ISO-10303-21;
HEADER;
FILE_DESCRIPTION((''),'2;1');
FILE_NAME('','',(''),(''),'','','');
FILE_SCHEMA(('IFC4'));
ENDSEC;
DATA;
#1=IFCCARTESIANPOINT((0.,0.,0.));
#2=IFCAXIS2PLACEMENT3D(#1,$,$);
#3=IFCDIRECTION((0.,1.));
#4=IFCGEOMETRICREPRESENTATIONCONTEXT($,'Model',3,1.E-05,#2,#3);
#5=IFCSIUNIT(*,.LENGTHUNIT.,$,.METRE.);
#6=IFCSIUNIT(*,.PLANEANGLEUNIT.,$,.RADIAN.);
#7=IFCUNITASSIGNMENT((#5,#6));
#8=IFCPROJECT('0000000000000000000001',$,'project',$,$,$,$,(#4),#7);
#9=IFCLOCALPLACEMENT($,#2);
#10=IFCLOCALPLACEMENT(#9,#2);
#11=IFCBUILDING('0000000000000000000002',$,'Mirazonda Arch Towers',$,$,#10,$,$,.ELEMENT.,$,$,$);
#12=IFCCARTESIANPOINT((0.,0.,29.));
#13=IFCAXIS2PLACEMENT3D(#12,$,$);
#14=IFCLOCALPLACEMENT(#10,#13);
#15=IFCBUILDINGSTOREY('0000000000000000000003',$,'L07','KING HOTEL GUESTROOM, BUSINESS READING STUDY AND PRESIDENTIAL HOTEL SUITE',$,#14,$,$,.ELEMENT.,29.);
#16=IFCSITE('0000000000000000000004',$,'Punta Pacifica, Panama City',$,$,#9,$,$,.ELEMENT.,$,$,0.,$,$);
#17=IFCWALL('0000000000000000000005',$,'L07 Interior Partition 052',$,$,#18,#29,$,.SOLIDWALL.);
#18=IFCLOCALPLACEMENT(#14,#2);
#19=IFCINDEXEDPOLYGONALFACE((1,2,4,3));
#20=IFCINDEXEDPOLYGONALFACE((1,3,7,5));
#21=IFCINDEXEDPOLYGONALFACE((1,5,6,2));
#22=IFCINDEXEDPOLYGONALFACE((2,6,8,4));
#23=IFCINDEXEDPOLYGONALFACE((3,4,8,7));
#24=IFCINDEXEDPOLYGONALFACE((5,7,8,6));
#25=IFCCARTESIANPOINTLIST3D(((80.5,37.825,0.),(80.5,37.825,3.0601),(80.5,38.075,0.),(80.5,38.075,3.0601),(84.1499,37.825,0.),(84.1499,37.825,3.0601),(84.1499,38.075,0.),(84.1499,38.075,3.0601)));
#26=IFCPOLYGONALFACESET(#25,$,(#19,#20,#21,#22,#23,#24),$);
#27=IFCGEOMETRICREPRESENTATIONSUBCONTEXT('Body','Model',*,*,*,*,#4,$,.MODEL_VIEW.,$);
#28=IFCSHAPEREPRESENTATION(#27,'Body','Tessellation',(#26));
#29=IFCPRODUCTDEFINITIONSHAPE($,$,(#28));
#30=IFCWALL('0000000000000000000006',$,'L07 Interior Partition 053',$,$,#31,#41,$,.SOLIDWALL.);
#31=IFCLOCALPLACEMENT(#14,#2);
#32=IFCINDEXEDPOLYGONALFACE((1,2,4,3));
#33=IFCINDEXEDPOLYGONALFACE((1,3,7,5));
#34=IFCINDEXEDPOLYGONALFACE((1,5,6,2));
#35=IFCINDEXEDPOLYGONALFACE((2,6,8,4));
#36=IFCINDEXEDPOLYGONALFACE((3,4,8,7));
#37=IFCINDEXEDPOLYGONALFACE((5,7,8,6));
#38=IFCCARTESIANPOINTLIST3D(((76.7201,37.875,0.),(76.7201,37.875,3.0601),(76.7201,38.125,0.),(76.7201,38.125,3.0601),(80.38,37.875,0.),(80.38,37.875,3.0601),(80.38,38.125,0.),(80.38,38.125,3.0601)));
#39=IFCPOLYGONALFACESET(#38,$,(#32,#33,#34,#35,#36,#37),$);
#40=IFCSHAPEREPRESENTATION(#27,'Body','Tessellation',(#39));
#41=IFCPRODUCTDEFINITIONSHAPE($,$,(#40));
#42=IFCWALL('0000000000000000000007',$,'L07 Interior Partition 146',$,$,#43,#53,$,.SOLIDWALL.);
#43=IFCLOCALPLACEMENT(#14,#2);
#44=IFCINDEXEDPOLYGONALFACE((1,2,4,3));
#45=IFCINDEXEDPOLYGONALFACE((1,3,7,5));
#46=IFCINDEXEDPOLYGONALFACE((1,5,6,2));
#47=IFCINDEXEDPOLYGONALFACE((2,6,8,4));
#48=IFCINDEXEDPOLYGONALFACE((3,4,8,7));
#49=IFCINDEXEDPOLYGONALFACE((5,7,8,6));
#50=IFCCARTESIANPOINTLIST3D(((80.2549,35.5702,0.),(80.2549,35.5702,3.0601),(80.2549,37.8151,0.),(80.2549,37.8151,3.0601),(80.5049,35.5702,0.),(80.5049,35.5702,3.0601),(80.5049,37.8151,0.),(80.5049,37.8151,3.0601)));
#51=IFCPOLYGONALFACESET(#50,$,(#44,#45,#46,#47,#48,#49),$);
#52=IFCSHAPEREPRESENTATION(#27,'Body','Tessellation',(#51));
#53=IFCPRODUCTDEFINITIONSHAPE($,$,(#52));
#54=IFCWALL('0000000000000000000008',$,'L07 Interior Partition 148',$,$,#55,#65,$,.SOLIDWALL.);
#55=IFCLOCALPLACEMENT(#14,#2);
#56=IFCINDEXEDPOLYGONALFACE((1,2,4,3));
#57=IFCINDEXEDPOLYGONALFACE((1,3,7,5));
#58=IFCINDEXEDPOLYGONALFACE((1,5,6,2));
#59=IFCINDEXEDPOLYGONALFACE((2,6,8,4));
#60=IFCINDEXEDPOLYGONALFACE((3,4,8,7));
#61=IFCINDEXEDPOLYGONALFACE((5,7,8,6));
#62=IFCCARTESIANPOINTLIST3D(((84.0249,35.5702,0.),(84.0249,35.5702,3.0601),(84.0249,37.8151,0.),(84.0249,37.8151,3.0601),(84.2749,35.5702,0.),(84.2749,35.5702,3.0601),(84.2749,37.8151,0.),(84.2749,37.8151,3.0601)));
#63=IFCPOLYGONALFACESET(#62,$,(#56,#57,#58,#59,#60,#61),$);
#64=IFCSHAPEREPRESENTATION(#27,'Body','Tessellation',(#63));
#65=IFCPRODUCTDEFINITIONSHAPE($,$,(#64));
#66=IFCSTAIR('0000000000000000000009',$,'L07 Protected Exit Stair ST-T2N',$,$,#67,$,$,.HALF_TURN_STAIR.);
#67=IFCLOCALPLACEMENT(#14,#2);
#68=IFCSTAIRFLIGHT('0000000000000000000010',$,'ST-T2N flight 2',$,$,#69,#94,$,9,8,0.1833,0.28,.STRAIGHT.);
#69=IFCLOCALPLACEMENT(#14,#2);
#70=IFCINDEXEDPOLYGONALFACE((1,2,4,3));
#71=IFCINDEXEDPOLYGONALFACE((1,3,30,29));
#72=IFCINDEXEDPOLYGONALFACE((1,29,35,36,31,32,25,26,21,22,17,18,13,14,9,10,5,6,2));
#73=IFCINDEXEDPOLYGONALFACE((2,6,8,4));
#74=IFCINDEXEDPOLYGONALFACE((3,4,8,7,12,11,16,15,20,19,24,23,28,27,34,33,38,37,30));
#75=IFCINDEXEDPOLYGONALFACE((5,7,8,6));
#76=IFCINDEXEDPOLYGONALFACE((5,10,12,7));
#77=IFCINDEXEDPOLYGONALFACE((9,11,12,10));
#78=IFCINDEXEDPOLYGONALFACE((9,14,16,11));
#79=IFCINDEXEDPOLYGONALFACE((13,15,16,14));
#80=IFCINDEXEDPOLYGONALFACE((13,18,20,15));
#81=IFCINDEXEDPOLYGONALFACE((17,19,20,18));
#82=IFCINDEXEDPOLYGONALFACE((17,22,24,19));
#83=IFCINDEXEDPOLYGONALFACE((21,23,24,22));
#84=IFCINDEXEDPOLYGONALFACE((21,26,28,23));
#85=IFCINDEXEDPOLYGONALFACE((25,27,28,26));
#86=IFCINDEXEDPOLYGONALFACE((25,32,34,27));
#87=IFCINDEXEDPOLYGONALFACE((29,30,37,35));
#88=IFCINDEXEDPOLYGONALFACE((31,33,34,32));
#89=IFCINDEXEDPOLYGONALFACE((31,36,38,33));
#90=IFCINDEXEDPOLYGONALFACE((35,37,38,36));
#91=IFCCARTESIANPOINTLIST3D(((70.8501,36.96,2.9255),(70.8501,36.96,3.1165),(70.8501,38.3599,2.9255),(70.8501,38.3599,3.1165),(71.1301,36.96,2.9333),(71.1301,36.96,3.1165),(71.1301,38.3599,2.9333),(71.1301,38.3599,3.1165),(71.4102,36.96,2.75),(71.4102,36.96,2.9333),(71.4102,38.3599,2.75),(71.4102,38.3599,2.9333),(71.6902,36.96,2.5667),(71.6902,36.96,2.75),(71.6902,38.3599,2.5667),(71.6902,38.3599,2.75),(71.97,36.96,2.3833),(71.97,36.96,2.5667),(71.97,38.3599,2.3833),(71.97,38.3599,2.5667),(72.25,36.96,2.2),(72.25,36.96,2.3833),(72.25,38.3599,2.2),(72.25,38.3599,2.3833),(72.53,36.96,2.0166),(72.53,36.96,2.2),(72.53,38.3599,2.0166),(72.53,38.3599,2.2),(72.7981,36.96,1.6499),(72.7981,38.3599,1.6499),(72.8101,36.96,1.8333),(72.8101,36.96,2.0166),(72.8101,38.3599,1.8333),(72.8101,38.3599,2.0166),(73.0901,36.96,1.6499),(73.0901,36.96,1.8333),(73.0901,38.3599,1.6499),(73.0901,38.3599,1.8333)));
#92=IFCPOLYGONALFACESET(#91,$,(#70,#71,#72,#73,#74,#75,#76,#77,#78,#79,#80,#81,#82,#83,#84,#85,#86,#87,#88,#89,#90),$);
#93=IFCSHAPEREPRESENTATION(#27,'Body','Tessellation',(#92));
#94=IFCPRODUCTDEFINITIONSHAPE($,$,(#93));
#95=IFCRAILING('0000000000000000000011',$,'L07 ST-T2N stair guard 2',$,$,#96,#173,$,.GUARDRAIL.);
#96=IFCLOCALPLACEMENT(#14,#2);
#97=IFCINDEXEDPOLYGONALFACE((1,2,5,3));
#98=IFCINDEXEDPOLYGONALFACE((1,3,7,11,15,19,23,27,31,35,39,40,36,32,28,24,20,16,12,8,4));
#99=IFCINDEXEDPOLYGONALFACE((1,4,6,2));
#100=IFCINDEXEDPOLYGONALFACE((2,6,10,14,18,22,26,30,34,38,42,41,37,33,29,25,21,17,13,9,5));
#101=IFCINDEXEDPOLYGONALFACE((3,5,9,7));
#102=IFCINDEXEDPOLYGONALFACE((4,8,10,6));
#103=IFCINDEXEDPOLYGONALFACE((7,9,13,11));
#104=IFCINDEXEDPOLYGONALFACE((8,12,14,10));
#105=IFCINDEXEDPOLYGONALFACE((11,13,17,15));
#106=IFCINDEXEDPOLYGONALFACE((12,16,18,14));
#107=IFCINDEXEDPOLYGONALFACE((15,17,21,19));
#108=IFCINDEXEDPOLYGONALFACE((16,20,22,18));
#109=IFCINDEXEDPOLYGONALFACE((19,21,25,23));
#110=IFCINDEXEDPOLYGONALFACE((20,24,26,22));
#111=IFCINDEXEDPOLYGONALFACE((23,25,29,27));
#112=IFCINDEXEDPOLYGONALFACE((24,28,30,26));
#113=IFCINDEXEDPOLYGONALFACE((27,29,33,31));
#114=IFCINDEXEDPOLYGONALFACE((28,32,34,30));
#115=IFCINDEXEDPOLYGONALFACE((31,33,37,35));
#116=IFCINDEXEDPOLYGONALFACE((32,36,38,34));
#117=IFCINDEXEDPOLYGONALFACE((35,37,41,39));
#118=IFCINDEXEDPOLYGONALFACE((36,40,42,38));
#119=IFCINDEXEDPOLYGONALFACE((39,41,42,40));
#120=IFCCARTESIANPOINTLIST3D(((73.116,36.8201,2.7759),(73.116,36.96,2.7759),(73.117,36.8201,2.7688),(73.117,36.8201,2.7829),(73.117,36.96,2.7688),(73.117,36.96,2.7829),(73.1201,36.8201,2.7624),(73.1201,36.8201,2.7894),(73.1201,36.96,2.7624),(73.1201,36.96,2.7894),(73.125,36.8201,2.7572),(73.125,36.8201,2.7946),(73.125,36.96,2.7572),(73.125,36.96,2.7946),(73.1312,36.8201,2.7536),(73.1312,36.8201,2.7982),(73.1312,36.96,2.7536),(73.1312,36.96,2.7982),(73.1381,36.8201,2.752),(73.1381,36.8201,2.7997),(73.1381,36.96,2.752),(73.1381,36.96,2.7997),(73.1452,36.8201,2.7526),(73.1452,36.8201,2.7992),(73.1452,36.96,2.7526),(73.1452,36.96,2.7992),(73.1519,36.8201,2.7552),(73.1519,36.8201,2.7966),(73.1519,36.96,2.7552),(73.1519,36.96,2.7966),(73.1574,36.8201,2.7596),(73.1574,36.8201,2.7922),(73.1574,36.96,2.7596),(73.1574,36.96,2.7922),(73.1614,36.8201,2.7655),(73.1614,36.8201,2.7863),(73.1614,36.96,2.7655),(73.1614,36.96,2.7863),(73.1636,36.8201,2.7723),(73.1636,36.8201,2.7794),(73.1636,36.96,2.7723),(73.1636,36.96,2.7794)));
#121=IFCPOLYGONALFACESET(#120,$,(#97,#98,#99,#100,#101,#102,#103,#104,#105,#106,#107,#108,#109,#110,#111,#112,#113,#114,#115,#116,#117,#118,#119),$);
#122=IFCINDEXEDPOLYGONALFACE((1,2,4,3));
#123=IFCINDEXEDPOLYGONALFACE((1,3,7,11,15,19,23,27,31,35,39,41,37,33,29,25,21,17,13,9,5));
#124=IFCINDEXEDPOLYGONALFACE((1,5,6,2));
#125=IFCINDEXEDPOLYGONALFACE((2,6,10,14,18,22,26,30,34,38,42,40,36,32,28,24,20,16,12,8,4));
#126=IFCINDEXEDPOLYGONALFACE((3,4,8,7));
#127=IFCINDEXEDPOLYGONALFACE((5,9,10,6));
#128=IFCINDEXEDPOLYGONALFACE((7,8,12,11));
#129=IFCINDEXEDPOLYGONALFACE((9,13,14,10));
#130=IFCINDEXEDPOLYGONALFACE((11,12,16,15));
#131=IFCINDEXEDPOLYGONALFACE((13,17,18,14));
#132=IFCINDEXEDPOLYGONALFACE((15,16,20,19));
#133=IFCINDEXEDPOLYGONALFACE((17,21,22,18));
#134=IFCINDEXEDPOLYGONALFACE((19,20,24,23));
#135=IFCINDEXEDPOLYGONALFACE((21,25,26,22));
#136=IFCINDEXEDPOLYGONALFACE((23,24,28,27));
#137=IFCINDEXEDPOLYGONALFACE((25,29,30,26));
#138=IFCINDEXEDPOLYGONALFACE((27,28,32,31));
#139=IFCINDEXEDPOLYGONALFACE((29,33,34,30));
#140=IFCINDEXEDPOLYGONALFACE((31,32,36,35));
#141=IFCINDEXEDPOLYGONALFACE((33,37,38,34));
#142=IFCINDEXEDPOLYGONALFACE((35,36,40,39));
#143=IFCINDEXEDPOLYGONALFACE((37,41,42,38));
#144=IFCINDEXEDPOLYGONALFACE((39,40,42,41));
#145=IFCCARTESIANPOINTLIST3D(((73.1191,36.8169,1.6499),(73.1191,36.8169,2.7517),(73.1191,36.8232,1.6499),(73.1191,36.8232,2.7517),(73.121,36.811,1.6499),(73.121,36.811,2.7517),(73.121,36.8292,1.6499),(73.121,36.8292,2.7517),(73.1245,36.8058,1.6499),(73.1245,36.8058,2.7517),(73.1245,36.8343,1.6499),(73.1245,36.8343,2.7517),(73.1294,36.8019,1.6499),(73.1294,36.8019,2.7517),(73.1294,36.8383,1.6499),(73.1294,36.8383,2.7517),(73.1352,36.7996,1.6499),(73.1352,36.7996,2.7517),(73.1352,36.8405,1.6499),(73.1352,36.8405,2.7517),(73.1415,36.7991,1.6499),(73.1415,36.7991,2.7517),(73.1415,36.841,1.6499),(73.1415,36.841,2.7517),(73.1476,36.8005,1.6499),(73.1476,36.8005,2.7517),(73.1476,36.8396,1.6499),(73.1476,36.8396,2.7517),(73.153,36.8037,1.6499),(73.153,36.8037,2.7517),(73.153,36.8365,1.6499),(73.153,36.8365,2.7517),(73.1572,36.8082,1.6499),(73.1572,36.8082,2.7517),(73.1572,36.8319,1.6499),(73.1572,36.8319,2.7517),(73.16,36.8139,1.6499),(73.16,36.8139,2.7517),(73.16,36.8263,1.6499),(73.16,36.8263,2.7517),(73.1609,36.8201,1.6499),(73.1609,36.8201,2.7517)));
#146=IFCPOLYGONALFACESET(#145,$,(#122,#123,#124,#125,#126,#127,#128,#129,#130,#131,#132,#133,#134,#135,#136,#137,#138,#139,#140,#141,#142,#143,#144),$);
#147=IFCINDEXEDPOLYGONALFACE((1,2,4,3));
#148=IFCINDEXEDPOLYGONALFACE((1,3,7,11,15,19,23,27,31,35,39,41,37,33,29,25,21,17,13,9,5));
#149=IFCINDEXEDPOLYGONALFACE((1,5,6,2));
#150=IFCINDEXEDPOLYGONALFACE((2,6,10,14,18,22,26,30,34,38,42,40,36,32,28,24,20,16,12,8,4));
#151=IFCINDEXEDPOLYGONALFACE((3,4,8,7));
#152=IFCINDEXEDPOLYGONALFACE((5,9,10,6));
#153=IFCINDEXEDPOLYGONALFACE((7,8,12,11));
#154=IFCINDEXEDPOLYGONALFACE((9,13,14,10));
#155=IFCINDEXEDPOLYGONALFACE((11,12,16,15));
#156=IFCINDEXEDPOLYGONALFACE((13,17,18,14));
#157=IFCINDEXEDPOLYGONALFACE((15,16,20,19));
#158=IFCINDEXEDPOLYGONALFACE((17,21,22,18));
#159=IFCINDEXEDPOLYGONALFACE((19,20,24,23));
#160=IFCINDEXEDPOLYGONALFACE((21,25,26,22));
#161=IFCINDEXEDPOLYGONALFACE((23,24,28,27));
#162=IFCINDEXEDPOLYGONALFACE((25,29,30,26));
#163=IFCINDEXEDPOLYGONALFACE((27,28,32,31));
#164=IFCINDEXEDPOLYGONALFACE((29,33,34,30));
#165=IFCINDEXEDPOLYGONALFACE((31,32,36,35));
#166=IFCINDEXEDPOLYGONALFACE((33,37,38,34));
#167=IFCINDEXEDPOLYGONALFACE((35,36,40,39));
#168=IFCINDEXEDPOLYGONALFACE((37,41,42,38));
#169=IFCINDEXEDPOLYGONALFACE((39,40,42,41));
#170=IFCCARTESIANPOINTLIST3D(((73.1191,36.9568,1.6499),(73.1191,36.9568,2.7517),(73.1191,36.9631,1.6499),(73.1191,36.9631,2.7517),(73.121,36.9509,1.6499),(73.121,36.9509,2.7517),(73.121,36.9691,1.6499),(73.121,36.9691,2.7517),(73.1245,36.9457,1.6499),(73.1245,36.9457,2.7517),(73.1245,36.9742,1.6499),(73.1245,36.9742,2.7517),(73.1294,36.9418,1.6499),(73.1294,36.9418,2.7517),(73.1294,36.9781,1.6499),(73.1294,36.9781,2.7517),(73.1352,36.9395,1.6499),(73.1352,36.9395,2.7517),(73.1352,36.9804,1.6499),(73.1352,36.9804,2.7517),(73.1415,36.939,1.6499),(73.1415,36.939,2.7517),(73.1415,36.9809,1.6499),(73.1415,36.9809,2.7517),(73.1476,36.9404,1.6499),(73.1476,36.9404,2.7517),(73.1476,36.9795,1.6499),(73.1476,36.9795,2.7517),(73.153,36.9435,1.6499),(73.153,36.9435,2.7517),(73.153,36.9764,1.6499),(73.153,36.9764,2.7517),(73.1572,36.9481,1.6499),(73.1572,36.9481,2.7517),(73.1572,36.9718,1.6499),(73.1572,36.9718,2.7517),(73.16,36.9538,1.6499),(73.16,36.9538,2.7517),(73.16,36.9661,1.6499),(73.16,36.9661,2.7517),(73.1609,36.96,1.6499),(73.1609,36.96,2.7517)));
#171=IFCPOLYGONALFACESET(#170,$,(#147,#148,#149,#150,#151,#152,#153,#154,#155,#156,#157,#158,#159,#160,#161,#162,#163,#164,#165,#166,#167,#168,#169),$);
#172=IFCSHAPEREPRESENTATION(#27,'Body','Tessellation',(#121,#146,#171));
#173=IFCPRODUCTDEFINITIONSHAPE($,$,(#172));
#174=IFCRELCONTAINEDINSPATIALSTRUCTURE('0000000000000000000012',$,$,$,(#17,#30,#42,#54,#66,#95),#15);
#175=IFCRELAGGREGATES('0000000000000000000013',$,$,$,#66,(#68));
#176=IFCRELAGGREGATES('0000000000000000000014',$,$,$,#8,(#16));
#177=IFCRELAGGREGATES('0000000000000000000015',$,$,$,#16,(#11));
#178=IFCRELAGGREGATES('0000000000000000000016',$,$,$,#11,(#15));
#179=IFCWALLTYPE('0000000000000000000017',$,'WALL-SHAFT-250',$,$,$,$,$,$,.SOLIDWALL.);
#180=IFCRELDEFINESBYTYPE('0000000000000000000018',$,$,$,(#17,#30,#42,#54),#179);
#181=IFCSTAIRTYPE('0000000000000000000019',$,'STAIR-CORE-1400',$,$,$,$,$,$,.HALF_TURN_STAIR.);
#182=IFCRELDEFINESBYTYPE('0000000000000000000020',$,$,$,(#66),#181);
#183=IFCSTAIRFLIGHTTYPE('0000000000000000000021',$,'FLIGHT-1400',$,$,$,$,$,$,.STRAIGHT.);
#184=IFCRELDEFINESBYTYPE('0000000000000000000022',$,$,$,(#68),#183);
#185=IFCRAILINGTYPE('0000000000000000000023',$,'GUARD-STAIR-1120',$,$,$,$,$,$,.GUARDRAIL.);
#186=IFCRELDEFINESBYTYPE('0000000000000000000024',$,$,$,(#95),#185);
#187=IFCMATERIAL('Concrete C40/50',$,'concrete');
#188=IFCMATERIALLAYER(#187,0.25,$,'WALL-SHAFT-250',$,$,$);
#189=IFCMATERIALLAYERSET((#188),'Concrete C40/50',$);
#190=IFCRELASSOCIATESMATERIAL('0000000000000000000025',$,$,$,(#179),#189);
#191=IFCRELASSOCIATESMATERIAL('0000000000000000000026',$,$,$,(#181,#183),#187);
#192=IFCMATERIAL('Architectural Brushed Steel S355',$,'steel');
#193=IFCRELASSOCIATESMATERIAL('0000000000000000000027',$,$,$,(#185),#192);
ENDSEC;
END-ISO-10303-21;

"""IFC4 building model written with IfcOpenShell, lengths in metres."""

from ifc_helpers import new_model, si_unit, direction, frame, frame_2d, origin, origin_2d, place, context, subcontext, project, spatial, polyline, rectangle, circle, outline, extrude, material, layer, layer_set, type_object, element, aggregate, save


model = new_model("IFC4")

# Units and contexts
model_context = context("Model", 3, precision=1e-05, world=origin(), true_north=direction((0.0, 1.0)))
body_context = subcontext(model_context, "Body", "Model", "MODEL_VIEW")
ifc_project = project(units=[si_unit("LENGTHUNIT", "METRE"), si_unit("PLANEANGLEUNIT", "RADIAN")], contexts=[model_context])

# Site, building, storey
site_placement = place(None, origin())
site = spatial("IfcSite", under=ifc_project, at=site_placement, Name="Punta Pacifica, Panama City", CompositionType="ELEMENT", RefElevation=0.0)
building_placement = place(site_placement, origin())
building = spatial("IfcBuilding", under=site, at=building_placement, Name="Mirazonda Arch Towers", CompositionType="ELEMENT")
storey_placement = place(building_placement, frame((0.0, 0.0, 29.0)))
storey = spatial("IfcBuildingStorey", under=building, at=storey_placement, Name="L07", Description="KING HOTEL GUESTROOM, BUSINESS READING STUDY AND PRESIDENTIAL HOTEL SUITE", CompositionType="ELEMENT", Elevation=29.0)

# Shared definitions
ifc_material_1 = material(Name="Concrete C40/50", Category="concrete")
ifc_material_2 = material(Name="Architectural Brushed Steel S355", Category="steel")

# Walls
ifc_layer_1 = layer(ifc_material_1, 0.25, Name="WALL-SHAFT-250")
ifc_layer_set_1 = layer_set([ifc_layer_1], Name="Concrete C40/50")
wall_type_1 = type_object("IfcWallType", Name="WALL-SHAFT-250", PredefinedType="SOLIDWALL", material=ifc_layer_set_1)
wall_1_placement = place(storey_placement, frame((80.5, 37.95, 0.0), z_axis=(0.0, 0.0, 1.0), x_axis=(1.0, 0.0, 0.0)))
element("IfcWall", 1, at=wall_1_placement, inside=storey, type_object=wall_type_1, Name="L07 Interior Partition 052", PredefinedType="SOLIDWALL", context=body_context, shape_type="SweptSolid", body=[
    extrude(rectangle(XDim=3.6499, YDim=0.25, at=frame_2d((1.825, 0.0))), origin(), (0.0, 0.0, 1.0), 3.0601),
])
wall_2_placement = place(storey_placement, frame((76.72, 38.0, 0.0), z_axis=(0.0, 0.0, 1.0), x_axis=(1.0, 0.0, 0.0)))
element("IfcWall", 2, at=wall_2_placement, inside=storey, type_object=wall_type_1, Name="L07 Interior Partition 053", PredefinedType="SOLIDWALL", context=body_context, shape_type="SweptSolid", body=[
    extrude(rectangle(XDim=3.6599, YDim=0.25, at=frame_2d((1.8301, 0.0))), origin(), (0.0, 0.0, 1.0), 3.0601),
])
for number, where, z_axis, x_axis, name in (
    (3, (80.3799, 35.5701, 0.0), (0.0, 0.0, 1.0), (0.0, 1.0, 0.0), "L07 Interior Partition 146"),
    (4, (84.1499, 35.5701, 0.0), (0.0, 0.0, 1.0), (0.0, 1.0, 0.0), "L07 Interior Partition 148"),
):
    element("IfcWall", number, at=place(storey_placement, frame(where, z_axis=z_axis, x_axis=x_axis)), inside=storey, type_object=wall_type_1, Name=name, PredefinedType="SOLIDWALL", context=body_context, shape_type="SweptSolid", body=[
        extrude(rectangle(XDim=2.2449, YDim=0.25, at=frame_2d((1.1226, 0.0))), origin(), (0.0, 0.0, 1.0), 3.0601),
    ])

# Stair, stair flight
stair_type = type_object("IfcStairType", Name="STAIR-CORE-1400", PredefinedType="HALF_TURN_STAIR", material=ifc_material_1)
stair_placement = place(storey_placement, origin())
stair = element("IfcStair", 5, at=stair_placement, inside=storey, type_object=stair_type, Name="L07 Protected Exit Stair ST-T2N", PredefinedType="HALF_TURN_STAIR")
stair_flight_type = type_object("IfcStairFlightType", Name="FLIGHT-1400", PredefinedType="STRAIGHT", material=ifc_material_1)
stair_flight_placement = place(storey_placement, frame((73.0901, 37.6599, 1.6499), z_axis=(0.0, 0.0, 1.0), x_axis=(-1.0, 0.0, 0.0)))
stair_flight = element("IfcStairFlight", 6, at=stair_flight_placement, type_object=stair_flight_type, Name="ST-T2N flight 2", NumberOfRisers=9, NumberOfTreads=8, PredefinedType="STRAIGHT", RiserHeight=0.1833, TreadLength=0.28, context=body_context, shape_type="SweptSolid", body=[
    extrude(outline(polyline([(0.0, 0.0), (0.0, 0.1833), (0.28, 0.1833), (0.28, 0.3667), (0.5601, 0.3667), (0.5601, 0.55), (0.8401, 0.55), (0.8401, 0.7334), (1.1201, 0.7334), (1.1201, 0.9167), (1.3999, 0.9167), (1.3999, 1.1001), (1.6799, 1.1001), (1.6799, 1.2834), (1.96, 1.2834), (1.96, 1.4666), (2.24, 1.4666), (2.24, 1.6499), (2.24, 1.2756), (0.292, 0.0), (0.0, 0.0)])), frame((0.0, 0.7, 0.0), z_axis=(0.0, -1.0, 0.0), x_axis=(1.0, 0.0, 0.0)), (0.0, 0.0, 1.0), 1.3999),
])
aggregate(stair, [stair_flight])

# Railing
railing_type_1 = type_object("IfcRailingType", Name="GUARD-STAIR-1120", PredefinedType="GUARDRAIL", material=ifc_material_2)
railing_1_placement = place(storey_placement, frame((73.1399, 36.8201, 1.6499)))
element("IfcRailing", 7, at=railing_1_placement, inside=storey, type_object=railing_type_1, Name="L07 ST-T2N stair guard 2", PredefinedType="GUARDRAIL", context=body_context, shape_type="SweptSolid", body=[
    extrude(circle(Radius=0.0239, at=origin_2d()), frame((0.0, 0.0, 1.126), z_axis=(0.0, 1.0, 0.0), x_axis=(-1.0, 0.0, 0.0)), (0.0, 0.0, 1.0), 0.1399),
    extrude(circle(Radius=0.021, at=origin_2d()), origin(), (0.0, 0.0, 1.0), 1.1018),
    extrude(circle(Radius=0.021, at=origin_2d()), frame((0.0, 0.1399, 0.0)), (0.0, 0.0, 1.0), 1.1018),
])

save(model, "model.ifc")
